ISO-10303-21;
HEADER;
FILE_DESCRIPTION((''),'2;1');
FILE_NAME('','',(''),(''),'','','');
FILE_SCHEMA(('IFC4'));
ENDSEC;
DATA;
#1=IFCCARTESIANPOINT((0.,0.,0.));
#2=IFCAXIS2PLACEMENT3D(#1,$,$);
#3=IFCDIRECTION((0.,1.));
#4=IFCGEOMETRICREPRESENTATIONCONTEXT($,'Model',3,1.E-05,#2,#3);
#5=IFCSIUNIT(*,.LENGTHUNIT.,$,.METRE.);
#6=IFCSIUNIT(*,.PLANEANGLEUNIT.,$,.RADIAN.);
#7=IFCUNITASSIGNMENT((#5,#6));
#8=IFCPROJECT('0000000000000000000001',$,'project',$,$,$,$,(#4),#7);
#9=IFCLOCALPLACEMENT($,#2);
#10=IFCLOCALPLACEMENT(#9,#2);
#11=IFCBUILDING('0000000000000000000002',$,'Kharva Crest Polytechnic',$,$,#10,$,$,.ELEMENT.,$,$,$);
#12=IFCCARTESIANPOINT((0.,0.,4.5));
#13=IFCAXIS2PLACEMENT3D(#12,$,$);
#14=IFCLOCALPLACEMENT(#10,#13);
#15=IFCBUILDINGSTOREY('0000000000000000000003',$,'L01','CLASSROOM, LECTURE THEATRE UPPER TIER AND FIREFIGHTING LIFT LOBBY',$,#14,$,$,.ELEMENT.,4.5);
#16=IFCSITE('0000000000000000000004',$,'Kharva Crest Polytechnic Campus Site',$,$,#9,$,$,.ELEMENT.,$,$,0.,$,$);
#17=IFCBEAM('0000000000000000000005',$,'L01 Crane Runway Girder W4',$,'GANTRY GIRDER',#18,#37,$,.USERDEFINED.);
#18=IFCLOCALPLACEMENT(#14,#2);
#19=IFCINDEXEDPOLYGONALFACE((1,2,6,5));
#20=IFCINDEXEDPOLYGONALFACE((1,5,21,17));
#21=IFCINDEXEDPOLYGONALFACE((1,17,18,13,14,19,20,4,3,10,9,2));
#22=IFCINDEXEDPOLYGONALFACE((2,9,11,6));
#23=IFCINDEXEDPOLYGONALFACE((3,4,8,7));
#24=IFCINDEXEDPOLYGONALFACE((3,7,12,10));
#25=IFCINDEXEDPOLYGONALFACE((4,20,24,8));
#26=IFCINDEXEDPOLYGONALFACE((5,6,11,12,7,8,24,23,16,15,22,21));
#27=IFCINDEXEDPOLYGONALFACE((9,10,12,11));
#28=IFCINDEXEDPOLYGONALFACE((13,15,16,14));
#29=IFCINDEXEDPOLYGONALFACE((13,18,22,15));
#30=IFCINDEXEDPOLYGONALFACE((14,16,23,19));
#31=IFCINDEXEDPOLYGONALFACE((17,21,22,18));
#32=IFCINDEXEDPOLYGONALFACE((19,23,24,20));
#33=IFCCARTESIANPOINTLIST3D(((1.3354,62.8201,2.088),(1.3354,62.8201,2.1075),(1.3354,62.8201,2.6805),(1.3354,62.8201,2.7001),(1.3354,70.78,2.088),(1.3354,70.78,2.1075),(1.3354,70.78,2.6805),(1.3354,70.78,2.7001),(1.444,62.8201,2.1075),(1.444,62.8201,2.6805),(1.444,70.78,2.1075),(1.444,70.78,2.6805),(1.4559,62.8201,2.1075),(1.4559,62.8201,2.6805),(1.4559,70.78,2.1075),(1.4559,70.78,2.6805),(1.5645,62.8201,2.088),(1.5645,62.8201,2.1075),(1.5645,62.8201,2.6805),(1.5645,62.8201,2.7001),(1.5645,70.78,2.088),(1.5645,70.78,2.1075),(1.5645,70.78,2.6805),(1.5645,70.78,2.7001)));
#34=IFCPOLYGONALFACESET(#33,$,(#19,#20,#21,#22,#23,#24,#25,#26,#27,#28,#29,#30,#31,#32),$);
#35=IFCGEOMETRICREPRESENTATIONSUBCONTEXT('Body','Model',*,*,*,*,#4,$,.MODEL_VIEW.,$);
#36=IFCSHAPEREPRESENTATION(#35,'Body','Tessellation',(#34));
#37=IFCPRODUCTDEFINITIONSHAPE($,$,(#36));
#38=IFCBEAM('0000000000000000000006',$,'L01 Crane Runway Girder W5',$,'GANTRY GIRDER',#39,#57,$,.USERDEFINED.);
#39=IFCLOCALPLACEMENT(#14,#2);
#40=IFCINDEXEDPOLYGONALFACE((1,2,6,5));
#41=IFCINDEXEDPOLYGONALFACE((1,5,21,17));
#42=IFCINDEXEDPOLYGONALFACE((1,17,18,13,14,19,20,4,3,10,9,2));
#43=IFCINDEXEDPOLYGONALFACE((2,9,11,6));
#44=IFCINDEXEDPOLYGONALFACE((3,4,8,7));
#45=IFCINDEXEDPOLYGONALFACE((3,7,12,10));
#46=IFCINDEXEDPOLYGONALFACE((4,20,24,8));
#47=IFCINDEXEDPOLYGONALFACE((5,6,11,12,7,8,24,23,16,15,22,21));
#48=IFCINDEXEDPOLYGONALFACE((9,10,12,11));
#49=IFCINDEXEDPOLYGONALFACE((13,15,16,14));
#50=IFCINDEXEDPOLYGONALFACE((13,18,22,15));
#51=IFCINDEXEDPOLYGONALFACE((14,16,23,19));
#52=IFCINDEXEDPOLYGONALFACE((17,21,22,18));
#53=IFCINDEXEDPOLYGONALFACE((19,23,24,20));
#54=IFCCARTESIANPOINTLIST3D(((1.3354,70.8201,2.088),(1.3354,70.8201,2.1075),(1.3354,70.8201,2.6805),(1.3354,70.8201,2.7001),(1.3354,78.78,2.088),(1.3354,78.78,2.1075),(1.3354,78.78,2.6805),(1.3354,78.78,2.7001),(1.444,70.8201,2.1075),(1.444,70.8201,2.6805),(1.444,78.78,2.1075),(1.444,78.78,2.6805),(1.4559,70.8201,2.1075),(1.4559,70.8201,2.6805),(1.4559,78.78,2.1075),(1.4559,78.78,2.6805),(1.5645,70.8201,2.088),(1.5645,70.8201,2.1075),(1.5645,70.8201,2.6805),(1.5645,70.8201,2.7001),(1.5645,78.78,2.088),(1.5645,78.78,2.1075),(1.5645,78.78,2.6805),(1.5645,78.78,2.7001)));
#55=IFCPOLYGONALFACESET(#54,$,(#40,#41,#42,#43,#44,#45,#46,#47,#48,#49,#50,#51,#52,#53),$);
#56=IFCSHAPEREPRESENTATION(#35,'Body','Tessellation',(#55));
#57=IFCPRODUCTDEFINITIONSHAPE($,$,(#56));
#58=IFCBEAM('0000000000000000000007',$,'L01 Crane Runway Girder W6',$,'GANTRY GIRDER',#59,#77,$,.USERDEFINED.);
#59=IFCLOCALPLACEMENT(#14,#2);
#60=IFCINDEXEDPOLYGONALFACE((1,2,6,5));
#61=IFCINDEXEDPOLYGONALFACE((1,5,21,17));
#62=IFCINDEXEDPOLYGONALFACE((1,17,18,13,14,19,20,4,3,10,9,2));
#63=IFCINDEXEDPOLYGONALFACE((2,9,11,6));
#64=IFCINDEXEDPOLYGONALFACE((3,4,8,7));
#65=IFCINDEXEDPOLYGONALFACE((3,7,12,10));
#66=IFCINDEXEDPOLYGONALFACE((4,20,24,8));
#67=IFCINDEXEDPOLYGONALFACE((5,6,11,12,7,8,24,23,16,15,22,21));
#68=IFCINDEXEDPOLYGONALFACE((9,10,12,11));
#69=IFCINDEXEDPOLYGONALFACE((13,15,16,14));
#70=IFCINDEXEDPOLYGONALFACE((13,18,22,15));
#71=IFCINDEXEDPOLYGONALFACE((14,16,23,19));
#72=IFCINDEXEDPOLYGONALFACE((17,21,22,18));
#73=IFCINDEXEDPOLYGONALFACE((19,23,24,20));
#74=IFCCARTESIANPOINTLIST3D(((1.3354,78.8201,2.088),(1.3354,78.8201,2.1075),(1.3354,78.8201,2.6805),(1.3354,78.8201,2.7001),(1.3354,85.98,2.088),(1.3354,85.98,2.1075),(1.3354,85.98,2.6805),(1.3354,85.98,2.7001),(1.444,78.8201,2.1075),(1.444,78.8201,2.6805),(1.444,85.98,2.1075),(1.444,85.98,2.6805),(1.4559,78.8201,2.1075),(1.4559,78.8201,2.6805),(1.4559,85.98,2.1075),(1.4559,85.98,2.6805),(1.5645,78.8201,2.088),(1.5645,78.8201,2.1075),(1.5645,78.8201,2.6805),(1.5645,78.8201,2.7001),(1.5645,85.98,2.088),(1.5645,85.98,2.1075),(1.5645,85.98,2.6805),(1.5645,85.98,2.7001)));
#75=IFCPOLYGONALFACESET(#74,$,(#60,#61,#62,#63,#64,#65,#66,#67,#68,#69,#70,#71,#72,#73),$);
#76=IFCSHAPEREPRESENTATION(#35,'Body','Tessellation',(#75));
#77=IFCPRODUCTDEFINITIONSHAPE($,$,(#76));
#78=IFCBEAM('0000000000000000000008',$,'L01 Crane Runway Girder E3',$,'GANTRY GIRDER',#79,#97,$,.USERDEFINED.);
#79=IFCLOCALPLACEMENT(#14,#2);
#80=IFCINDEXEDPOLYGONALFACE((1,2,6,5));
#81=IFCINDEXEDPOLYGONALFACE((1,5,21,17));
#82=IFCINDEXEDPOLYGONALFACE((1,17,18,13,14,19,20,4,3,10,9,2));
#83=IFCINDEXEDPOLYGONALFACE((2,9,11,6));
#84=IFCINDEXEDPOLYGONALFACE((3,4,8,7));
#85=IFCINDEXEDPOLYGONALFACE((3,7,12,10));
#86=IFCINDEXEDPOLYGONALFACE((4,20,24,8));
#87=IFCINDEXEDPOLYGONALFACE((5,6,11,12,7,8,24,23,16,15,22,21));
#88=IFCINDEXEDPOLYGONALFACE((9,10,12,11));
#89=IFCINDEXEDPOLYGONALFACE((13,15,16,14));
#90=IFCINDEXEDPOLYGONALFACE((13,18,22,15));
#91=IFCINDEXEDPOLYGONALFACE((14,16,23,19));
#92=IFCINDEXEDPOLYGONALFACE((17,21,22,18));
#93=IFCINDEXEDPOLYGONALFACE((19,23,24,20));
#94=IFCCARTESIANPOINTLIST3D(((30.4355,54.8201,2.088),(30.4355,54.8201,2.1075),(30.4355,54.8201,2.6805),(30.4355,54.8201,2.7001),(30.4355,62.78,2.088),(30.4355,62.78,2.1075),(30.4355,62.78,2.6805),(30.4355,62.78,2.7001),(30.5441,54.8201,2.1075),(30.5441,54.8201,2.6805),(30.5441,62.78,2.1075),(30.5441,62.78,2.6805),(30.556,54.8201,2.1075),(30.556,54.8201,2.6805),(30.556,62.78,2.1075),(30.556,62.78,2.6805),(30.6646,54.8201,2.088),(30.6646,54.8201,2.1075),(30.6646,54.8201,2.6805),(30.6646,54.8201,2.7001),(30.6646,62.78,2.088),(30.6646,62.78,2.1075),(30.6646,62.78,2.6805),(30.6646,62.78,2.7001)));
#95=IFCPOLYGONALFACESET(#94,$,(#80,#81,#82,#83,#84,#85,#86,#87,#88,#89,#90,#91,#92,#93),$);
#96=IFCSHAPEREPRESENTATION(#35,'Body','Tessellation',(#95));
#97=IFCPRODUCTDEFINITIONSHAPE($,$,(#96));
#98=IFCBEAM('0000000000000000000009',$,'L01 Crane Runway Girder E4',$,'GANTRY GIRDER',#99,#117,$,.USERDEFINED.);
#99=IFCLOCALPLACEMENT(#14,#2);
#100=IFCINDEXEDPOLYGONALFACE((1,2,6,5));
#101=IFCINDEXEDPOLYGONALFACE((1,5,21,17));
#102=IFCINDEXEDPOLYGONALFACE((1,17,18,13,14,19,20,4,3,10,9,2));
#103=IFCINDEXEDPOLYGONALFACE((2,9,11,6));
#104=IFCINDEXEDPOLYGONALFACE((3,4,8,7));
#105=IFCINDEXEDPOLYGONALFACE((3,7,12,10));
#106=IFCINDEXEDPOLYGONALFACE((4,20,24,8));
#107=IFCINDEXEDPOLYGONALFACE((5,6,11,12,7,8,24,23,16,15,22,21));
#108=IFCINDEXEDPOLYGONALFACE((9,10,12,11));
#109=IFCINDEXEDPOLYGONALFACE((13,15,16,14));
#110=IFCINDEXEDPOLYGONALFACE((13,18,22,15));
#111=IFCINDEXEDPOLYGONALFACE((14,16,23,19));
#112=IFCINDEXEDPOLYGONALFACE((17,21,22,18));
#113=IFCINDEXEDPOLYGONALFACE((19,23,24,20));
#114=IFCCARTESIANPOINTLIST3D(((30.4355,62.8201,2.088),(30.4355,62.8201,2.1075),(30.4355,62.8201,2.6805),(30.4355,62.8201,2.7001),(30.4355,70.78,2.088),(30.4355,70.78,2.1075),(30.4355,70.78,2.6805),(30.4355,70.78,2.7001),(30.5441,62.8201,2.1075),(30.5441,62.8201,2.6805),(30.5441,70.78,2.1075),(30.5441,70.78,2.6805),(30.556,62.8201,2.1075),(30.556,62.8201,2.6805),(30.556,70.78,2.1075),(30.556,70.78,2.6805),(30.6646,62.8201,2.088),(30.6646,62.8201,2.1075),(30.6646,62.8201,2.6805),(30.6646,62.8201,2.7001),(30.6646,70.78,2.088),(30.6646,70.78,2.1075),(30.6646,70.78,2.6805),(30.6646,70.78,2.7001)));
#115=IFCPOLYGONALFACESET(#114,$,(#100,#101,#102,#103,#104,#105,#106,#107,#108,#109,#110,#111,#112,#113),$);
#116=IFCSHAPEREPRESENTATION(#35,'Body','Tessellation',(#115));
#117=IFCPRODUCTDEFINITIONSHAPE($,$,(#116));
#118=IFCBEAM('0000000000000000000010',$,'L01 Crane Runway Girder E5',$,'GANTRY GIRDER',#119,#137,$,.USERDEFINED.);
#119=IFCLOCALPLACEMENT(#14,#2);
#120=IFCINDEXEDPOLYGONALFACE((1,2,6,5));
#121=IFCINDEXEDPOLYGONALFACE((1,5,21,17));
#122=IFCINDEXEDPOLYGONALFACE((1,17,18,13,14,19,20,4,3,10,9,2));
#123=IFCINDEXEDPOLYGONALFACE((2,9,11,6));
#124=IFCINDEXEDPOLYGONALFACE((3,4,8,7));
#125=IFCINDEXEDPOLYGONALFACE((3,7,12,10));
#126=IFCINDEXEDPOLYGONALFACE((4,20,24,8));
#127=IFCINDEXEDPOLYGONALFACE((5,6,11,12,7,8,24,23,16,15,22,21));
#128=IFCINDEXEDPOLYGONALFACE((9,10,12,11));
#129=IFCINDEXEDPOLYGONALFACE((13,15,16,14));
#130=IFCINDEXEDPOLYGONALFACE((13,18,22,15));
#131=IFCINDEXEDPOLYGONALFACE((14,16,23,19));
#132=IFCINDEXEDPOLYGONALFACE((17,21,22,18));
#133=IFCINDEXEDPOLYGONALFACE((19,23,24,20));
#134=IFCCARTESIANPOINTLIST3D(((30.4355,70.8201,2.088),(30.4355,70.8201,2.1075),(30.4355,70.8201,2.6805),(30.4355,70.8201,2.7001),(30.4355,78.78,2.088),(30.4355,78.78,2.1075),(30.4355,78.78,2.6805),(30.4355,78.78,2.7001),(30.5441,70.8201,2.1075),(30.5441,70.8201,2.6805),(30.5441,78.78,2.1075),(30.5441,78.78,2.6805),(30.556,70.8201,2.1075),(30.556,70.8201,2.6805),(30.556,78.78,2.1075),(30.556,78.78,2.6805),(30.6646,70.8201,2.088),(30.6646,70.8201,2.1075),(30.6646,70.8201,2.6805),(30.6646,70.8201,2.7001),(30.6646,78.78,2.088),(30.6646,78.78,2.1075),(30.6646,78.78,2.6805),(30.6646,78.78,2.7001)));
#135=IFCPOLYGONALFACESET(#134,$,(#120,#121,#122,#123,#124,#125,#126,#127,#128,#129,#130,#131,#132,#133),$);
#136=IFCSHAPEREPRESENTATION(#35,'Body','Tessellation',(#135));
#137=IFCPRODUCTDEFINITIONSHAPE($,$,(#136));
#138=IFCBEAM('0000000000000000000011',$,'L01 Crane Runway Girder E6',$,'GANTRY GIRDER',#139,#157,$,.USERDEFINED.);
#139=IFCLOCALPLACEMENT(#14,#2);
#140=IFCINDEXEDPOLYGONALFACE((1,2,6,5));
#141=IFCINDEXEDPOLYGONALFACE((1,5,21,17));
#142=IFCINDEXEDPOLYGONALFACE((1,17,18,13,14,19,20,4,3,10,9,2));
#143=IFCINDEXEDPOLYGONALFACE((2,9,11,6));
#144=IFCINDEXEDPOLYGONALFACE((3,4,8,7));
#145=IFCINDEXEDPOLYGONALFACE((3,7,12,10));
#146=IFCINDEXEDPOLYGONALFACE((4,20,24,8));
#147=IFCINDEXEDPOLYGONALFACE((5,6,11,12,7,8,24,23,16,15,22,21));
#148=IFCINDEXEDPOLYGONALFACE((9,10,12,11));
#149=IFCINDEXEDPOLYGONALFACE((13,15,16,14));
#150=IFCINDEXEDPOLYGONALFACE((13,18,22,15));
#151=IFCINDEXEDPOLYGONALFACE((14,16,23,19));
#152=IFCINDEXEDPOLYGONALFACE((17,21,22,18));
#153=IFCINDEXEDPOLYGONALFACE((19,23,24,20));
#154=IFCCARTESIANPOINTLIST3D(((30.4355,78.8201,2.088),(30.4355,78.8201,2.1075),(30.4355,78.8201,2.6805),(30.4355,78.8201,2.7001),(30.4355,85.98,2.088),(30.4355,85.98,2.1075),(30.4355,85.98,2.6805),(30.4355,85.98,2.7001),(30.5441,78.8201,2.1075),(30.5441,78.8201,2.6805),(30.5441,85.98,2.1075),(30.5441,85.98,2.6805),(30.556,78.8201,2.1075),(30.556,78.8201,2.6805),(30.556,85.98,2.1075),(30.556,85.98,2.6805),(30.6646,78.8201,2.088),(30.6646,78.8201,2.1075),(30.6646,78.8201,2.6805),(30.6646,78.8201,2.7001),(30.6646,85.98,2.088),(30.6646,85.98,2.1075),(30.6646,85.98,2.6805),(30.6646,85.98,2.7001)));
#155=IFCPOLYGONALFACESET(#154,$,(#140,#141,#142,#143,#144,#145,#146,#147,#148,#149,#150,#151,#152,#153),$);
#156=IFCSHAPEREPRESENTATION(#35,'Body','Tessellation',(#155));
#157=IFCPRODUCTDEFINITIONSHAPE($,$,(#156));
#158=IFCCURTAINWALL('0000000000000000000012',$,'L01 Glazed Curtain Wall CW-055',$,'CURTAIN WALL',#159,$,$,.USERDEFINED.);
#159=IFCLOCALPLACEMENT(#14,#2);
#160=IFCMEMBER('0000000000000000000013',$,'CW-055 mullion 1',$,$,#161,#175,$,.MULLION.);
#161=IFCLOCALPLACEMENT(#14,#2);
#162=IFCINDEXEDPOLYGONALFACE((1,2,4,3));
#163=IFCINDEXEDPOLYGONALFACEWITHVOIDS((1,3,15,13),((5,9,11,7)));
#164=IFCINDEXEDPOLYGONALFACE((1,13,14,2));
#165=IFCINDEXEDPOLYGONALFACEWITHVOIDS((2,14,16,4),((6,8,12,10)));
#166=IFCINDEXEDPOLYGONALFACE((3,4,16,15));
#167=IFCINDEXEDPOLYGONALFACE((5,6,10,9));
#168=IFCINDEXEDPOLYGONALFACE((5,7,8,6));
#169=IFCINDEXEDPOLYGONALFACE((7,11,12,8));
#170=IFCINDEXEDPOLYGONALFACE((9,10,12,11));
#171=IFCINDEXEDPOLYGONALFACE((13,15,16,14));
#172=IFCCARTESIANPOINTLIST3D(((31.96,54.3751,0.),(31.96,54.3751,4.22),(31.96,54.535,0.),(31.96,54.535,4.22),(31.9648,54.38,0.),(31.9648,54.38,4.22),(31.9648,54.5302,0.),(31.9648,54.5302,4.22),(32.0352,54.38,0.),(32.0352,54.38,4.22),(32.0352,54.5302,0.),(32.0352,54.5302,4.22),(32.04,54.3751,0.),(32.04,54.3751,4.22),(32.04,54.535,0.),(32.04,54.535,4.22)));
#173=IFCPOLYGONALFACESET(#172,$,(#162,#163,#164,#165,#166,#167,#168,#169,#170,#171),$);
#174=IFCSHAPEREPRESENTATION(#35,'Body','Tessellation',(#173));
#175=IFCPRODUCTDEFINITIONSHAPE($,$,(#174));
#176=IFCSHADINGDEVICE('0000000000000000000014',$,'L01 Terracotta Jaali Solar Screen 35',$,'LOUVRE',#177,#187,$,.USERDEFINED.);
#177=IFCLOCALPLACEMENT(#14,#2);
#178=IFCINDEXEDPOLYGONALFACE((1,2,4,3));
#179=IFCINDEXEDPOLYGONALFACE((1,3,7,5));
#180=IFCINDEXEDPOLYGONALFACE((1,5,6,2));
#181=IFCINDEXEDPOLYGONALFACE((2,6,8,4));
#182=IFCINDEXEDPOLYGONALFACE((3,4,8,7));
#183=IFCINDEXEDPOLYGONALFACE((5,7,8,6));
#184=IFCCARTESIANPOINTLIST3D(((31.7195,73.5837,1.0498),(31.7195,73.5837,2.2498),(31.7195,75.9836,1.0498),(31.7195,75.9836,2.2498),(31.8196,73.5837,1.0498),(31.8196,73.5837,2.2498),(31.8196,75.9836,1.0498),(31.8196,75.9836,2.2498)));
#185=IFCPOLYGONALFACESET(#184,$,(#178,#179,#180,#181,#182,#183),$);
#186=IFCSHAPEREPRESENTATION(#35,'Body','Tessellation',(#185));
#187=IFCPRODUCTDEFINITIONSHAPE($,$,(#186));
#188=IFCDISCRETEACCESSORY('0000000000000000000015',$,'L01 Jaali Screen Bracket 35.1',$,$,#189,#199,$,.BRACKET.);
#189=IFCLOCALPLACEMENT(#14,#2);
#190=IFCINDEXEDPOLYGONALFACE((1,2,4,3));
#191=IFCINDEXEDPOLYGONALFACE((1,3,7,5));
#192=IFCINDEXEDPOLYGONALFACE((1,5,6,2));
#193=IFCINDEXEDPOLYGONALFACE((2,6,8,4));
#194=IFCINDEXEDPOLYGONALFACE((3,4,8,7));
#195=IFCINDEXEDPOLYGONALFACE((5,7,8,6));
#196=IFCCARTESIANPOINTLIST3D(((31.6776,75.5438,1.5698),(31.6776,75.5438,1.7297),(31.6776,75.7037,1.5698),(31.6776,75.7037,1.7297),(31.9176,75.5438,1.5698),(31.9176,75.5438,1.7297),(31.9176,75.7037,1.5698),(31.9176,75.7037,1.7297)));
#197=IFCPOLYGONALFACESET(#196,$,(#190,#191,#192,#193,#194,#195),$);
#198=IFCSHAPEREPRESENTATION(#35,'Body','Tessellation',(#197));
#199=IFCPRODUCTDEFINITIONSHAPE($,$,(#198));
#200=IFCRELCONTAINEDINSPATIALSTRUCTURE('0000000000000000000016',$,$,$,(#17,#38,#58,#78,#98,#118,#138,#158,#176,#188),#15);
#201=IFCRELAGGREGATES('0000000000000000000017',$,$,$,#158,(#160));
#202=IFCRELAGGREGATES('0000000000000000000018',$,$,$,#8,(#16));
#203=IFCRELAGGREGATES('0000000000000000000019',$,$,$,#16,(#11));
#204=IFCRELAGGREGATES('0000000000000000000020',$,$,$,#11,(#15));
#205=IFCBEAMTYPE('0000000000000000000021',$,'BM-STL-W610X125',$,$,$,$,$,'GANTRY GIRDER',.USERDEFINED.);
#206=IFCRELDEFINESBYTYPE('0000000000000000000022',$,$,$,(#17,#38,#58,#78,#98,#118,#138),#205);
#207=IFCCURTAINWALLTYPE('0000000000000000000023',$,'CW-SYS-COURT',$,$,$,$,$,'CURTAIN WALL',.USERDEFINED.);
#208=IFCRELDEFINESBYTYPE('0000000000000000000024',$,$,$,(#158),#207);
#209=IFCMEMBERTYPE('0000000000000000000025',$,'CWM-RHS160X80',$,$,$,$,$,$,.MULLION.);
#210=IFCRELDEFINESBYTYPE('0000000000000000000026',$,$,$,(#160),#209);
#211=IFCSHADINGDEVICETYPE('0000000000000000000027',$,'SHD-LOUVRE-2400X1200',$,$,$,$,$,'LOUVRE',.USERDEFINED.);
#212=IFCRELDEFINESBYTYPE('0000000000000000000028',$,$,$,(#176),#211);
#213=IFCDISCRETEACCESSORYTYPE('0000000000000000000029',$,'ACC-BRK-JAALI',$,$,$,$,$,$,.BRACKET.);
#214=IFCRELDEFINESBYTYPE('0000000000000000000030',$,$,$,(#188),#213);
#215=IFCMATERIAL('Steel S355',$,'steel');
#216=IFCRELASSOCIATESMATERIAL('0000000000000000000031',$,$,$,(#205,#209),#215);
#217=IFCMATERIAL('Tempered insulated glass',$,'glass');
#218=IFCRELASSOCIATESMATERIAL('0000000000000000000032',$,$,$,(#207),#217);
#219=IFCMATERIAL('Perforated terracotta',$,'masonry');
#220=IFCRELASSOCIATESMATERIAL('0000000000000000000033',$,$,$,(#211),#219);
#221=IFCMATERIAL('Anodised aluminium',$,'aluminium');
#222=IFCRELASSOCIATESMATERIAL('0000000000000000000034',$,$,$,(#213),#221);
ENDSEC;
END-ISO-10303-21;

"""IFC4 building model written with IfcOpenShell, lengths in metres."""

from ifc_helpers import new_model, si_unit, direction, frame, origin, origin_2d, place, context, subcontext, project, spatial, rectangle, hollow_rectangle, i_section, extrude, material, material_profile, profile_set, type_object, element, aggregate, save


model = new_model("IFC4")

# Units and contexts
model_context = context("Model", 3, precision=1e-05, world=origin(), true_north=direction((0.0, 1.0)))
body_context = subcontext(model_context, "Body", "Model", "MODEL_VIEW")
ifc_project = project(units=[si_unit("LENGTHUNIT", "METRE"), si_unit("PLANEANGLEUNIT", "RADIAN")], contexts=[model_context])

# Site, building, storey
site_placement = place(None, origin())
site = spatial("IfcSite", under=ifc_project, at=site_placement, Name="Kharva Crest Polytechnic Campus Site", CompositionType="ELEMENT", RefElevation=0.0)
building_placement = place(site_placement, origin())
building = spatial("IfcBuilding", under=site, at=building_placement, Name="Kharva Crest Polytechnic", CompositionType="ELEMENT")
storey_placement = place(building_placement, frame((0.0, 0.0, 4.5)))
storey = spatial("IfcBuildingStorey", under=building, at=storey_placement, Name="L01", Description="CLASSROOM, LECTURE THEATRE UPPER TIER AND FIREFIGHTING LIFT LOBBY", CompositionType="ELEMENT", Elevation=4.5)

# Shared definitions
ifc_material_1 = material(Name="Steel S355", Category="steel")

# Beams
ifc_material_profile_1 = material_profile(ifc_material_1, i_section(OverallWidth=0.229, OverallDepth=0.6121, WebThickness=0.012, FlangeThickness=0.0195, at=origin_2d()), Name="W610X125")
ifc_profile_set_1 = profile_set([ifc_material_profile_1], Name="Steel S355")
beam_type = type_object("IfcBeamType", Name="BM-STL-W610X125", ElementType="GANTRY GIRDER", PredefinedType="USERDEFINED", material=ifc_profile_set_1)
for number, where, z_axis, x_axis, name in (
    (1, (1.45, 62.8201, 2.394), (0.0, 1.0, 0.0), (-1.0, 0.0, 0.0), "L01 Crane Runway Girder W4"),
    (2, (1.45, 70.8201, 2.394), (0.0, 1.0, 0.0), (-1.0, 0.0, 0.0), "L01 Crane Runway Girder W5"),
):
    element("IfcBeam", number, at=place(storey_placement, frame(where, z_axis=z_axis, x_axis=x_axis)), inside=storey, type_object=beam_type, Name=name, ObjectType="GANTRY GIRDER", PredefinedType="USERDEFINED", context=body_context, shape_type="SweptSolid", body=[
        extrude(i_section(OverallWidth=0.229, OverallDepth=0.6121, WebThickness=0.012, FlangeThickness=0.0195, at=origin_2d()), origin(), (0.0, 0.0, 1.0), 7.96),
    ])
beam_1_placement = place(storey_placement, frame((1.45, 78.8201, 2.394), z_axis=(0.0, 1.0, 0.0), x_axis=(-1.0, 0.0, 0.0)))
element("IfcBeam", 3, at=beam_1_placement, inside=storey, type_object=beam_type, Name="L01 Crane Runway Girder W6", ObjectType="GANTRY GIRDER", PredefinedType="USERDEFINED", context=body_context, shape_type="SweptSolid", body=[
    extrude(i_section(OverallWidth=0.229, OverallDepth=0.6121, WebThickness=0.012, FlangeThickness=0.0195, at=origin_2d()), origin(), (0.0, 0.0, 1.0), 7.1599),
])
for number, where, z_axis, x_axis, name in (
    (4, (30.55, 54.8201, 2.394), (0.0, 1.0, 0.0), (-1.0, 0.0, 0.0), "L01 Crane Runway Girder E3"),
    (5, (30.55, 62.8201, 2.394), (0.0, 1.0, 0.0), (-1.0, 0.0, 0.0), "L01 Crane Runway Girder E4"),
    (6, (30.55, 70.8201, 2.394), (0.0, 1.0, 0.0), (-1.0, 0.0, 0.0), "L01 Crane Runway Girder E5"),
):
    element("IfcBeam", number, at=place(storey_placement, frame(where, z_axis=z_axis, x_axis=x_axis)), inside=storey, type_object=beam_type, Name=name, ObjectType="GANTRY GIRDER", PredefinedType="USERDEFINED", context=body_context, shape_type="SweptSolid", body=[
        extrude(i_section(OverallWidth=0.229, OverallDepth=0.6121, WebThickness=0.012, FlangeThickness=0.0195, at=origin_2d()), origin(), (0.0, 0.0, 1.0), 7.96),
    ])
beam_2_placement = place(storey_placement, frame((30.55, 78.8201, 2.394), z_axis=(0.0, 1.0, 0.0), x_axis=(-1.0, 0.0, 0.0)))
element("IfcBeam", 7, at=beam_2_placement, inside=storey, type_object=beam_type, Name="L01 Crane Runway Girder E6", ObjectType="GANTRY GIRDER", PredefinedType="USERDEFINED", context=body_context, shape_type="SweptSolid", body=[
    extrude(i_section(OverallWidth=0.229, OverallDepth=0.6121, WebThickness=0.012, FlangeThickness=0.0195, at=origin_2d()), origin(), (0.0, 0.0, 1.0), 7.1599),
])

# Curtain wall, member
ifc_material_2 = material(Name="Tempered insulated glass", Category="glass")
curtain_wall_type = type_object("IfcCurtainWallType", Name="CW-SYS-COURT", ElementType="CURTAIN WALL", PredefinedType="USERDEFINED", material=ifc_material_2)
curtain_wall_placement = place(storey_placement, origin())
curtain_wall = element("IfcCurtainWall", 8, at=curtain_wall_placement, inside=storey, type_object=curtain_wall_type, Name="L01 Glazed Curtain Wall CW-055", ObjectType="CURTAIN WALL", PredefinedType="USERDEFINED")
ifc_material_profile_2 = material_profile(ifc_material_1, hollow_rectangle(XDim=0.0801, YDim=0.1599, WallThickness=0.0049, at=origin_2d()), Name="RHS 160X80X5.0")
ifc_profile_set_2 = profile_set([ifc_material_profile_2], Name="Steel S355")
member_type = type_object("IfcMemberType", Name="CWM-RHS160X80", PredefinedType="MULLION", material=ifc_profile_set_2)
member_placement = place(storey_placement, frame((32.0, 54.4551, 0.0), z_axis=(0.0, 0.0, 1.0), x_axis=(1.0, 0.0, 0.0)))
member = element("IfcMember", 9, at=member_placement, type_object=member_type, Name="CW-055 mullion 1", PredefinedType="MULLION", context=body_context, shape_type="SweptSolid", body=[
    extrude(hollow_rectangle(XDim=0.0801, YDim=0.1599, WallThickness=0.0049, at=origin_2d()), origin(), (0.0, 0.0, 1.0), 4.22),
])
aggregate(curtain_wall, [member])

# Shading device
ifc_material_3 = material(Name="Perforated terracotta", Category="masonry")
shading_device_type = type_object("IfcShadingDeviceType", Name="SHD-LOUVRE-2400X1200", ElementType="LOUVRE", PredefinedType="USERDEFINED", material=ifc_material_3)
shading_device_placement = place(storey_placement, frame((31.7695, 74.7837, 1.0498), z_axis=(0.0, 0.0, 1.0), x_axis=(0.0, 1.0, 0.0)))
element("IfcShadingDevice", 10, at=shading_device_placement, inside=storey, type_object=shading_device_type, Name="L01 Terracotta Jaali Solar Screen 35", ObjectType="LOUVRE", PredefinedType="USERDEFINED", context=body_context, shape_type="SweptSolid", body=[
    extrude(rectangle(XDim=2.3999, YDim=0.1001, at=origin_2d()), origin(), (0.0, 0.0, 1.0), 1.2),
])

# Discrete accessory
ifc_material_4 = material(Name="Anodised aluminium", Category="aluminium")
discrete_accessory_type = type_object("IfcDiscreteAccessoryType", Name="ACC-BRK-JAALI", PredefinedType="BRACKET", material=ifc_material_4)
for number, where, z_axis, x_axis, name in (
    (11, (31.7976, 75.6238, 1.5698), (0.0, 0.0, 1.0), (0.0, 1.0, 0.0), "L01 Jaali Screen Bracket 35.1"),
):
    element("IfcDiscreteAccessory", number, at=place(storey_placement, frame(where, z_axis=z_axis, x_axis=x_axis)), inside=storey, type_object=discrete_accessory_type, Name=name, PredefinedType="BRACKET", context=body_context, shape_type="SweptSolid", body=[
        extrude(rectangle(XDim=0.1599, YDim=0.24, at=origin_2d()), origin(), (0.0, 0.0, 1.0), 0.1599),
    ])

save(model, "model.ifc")
